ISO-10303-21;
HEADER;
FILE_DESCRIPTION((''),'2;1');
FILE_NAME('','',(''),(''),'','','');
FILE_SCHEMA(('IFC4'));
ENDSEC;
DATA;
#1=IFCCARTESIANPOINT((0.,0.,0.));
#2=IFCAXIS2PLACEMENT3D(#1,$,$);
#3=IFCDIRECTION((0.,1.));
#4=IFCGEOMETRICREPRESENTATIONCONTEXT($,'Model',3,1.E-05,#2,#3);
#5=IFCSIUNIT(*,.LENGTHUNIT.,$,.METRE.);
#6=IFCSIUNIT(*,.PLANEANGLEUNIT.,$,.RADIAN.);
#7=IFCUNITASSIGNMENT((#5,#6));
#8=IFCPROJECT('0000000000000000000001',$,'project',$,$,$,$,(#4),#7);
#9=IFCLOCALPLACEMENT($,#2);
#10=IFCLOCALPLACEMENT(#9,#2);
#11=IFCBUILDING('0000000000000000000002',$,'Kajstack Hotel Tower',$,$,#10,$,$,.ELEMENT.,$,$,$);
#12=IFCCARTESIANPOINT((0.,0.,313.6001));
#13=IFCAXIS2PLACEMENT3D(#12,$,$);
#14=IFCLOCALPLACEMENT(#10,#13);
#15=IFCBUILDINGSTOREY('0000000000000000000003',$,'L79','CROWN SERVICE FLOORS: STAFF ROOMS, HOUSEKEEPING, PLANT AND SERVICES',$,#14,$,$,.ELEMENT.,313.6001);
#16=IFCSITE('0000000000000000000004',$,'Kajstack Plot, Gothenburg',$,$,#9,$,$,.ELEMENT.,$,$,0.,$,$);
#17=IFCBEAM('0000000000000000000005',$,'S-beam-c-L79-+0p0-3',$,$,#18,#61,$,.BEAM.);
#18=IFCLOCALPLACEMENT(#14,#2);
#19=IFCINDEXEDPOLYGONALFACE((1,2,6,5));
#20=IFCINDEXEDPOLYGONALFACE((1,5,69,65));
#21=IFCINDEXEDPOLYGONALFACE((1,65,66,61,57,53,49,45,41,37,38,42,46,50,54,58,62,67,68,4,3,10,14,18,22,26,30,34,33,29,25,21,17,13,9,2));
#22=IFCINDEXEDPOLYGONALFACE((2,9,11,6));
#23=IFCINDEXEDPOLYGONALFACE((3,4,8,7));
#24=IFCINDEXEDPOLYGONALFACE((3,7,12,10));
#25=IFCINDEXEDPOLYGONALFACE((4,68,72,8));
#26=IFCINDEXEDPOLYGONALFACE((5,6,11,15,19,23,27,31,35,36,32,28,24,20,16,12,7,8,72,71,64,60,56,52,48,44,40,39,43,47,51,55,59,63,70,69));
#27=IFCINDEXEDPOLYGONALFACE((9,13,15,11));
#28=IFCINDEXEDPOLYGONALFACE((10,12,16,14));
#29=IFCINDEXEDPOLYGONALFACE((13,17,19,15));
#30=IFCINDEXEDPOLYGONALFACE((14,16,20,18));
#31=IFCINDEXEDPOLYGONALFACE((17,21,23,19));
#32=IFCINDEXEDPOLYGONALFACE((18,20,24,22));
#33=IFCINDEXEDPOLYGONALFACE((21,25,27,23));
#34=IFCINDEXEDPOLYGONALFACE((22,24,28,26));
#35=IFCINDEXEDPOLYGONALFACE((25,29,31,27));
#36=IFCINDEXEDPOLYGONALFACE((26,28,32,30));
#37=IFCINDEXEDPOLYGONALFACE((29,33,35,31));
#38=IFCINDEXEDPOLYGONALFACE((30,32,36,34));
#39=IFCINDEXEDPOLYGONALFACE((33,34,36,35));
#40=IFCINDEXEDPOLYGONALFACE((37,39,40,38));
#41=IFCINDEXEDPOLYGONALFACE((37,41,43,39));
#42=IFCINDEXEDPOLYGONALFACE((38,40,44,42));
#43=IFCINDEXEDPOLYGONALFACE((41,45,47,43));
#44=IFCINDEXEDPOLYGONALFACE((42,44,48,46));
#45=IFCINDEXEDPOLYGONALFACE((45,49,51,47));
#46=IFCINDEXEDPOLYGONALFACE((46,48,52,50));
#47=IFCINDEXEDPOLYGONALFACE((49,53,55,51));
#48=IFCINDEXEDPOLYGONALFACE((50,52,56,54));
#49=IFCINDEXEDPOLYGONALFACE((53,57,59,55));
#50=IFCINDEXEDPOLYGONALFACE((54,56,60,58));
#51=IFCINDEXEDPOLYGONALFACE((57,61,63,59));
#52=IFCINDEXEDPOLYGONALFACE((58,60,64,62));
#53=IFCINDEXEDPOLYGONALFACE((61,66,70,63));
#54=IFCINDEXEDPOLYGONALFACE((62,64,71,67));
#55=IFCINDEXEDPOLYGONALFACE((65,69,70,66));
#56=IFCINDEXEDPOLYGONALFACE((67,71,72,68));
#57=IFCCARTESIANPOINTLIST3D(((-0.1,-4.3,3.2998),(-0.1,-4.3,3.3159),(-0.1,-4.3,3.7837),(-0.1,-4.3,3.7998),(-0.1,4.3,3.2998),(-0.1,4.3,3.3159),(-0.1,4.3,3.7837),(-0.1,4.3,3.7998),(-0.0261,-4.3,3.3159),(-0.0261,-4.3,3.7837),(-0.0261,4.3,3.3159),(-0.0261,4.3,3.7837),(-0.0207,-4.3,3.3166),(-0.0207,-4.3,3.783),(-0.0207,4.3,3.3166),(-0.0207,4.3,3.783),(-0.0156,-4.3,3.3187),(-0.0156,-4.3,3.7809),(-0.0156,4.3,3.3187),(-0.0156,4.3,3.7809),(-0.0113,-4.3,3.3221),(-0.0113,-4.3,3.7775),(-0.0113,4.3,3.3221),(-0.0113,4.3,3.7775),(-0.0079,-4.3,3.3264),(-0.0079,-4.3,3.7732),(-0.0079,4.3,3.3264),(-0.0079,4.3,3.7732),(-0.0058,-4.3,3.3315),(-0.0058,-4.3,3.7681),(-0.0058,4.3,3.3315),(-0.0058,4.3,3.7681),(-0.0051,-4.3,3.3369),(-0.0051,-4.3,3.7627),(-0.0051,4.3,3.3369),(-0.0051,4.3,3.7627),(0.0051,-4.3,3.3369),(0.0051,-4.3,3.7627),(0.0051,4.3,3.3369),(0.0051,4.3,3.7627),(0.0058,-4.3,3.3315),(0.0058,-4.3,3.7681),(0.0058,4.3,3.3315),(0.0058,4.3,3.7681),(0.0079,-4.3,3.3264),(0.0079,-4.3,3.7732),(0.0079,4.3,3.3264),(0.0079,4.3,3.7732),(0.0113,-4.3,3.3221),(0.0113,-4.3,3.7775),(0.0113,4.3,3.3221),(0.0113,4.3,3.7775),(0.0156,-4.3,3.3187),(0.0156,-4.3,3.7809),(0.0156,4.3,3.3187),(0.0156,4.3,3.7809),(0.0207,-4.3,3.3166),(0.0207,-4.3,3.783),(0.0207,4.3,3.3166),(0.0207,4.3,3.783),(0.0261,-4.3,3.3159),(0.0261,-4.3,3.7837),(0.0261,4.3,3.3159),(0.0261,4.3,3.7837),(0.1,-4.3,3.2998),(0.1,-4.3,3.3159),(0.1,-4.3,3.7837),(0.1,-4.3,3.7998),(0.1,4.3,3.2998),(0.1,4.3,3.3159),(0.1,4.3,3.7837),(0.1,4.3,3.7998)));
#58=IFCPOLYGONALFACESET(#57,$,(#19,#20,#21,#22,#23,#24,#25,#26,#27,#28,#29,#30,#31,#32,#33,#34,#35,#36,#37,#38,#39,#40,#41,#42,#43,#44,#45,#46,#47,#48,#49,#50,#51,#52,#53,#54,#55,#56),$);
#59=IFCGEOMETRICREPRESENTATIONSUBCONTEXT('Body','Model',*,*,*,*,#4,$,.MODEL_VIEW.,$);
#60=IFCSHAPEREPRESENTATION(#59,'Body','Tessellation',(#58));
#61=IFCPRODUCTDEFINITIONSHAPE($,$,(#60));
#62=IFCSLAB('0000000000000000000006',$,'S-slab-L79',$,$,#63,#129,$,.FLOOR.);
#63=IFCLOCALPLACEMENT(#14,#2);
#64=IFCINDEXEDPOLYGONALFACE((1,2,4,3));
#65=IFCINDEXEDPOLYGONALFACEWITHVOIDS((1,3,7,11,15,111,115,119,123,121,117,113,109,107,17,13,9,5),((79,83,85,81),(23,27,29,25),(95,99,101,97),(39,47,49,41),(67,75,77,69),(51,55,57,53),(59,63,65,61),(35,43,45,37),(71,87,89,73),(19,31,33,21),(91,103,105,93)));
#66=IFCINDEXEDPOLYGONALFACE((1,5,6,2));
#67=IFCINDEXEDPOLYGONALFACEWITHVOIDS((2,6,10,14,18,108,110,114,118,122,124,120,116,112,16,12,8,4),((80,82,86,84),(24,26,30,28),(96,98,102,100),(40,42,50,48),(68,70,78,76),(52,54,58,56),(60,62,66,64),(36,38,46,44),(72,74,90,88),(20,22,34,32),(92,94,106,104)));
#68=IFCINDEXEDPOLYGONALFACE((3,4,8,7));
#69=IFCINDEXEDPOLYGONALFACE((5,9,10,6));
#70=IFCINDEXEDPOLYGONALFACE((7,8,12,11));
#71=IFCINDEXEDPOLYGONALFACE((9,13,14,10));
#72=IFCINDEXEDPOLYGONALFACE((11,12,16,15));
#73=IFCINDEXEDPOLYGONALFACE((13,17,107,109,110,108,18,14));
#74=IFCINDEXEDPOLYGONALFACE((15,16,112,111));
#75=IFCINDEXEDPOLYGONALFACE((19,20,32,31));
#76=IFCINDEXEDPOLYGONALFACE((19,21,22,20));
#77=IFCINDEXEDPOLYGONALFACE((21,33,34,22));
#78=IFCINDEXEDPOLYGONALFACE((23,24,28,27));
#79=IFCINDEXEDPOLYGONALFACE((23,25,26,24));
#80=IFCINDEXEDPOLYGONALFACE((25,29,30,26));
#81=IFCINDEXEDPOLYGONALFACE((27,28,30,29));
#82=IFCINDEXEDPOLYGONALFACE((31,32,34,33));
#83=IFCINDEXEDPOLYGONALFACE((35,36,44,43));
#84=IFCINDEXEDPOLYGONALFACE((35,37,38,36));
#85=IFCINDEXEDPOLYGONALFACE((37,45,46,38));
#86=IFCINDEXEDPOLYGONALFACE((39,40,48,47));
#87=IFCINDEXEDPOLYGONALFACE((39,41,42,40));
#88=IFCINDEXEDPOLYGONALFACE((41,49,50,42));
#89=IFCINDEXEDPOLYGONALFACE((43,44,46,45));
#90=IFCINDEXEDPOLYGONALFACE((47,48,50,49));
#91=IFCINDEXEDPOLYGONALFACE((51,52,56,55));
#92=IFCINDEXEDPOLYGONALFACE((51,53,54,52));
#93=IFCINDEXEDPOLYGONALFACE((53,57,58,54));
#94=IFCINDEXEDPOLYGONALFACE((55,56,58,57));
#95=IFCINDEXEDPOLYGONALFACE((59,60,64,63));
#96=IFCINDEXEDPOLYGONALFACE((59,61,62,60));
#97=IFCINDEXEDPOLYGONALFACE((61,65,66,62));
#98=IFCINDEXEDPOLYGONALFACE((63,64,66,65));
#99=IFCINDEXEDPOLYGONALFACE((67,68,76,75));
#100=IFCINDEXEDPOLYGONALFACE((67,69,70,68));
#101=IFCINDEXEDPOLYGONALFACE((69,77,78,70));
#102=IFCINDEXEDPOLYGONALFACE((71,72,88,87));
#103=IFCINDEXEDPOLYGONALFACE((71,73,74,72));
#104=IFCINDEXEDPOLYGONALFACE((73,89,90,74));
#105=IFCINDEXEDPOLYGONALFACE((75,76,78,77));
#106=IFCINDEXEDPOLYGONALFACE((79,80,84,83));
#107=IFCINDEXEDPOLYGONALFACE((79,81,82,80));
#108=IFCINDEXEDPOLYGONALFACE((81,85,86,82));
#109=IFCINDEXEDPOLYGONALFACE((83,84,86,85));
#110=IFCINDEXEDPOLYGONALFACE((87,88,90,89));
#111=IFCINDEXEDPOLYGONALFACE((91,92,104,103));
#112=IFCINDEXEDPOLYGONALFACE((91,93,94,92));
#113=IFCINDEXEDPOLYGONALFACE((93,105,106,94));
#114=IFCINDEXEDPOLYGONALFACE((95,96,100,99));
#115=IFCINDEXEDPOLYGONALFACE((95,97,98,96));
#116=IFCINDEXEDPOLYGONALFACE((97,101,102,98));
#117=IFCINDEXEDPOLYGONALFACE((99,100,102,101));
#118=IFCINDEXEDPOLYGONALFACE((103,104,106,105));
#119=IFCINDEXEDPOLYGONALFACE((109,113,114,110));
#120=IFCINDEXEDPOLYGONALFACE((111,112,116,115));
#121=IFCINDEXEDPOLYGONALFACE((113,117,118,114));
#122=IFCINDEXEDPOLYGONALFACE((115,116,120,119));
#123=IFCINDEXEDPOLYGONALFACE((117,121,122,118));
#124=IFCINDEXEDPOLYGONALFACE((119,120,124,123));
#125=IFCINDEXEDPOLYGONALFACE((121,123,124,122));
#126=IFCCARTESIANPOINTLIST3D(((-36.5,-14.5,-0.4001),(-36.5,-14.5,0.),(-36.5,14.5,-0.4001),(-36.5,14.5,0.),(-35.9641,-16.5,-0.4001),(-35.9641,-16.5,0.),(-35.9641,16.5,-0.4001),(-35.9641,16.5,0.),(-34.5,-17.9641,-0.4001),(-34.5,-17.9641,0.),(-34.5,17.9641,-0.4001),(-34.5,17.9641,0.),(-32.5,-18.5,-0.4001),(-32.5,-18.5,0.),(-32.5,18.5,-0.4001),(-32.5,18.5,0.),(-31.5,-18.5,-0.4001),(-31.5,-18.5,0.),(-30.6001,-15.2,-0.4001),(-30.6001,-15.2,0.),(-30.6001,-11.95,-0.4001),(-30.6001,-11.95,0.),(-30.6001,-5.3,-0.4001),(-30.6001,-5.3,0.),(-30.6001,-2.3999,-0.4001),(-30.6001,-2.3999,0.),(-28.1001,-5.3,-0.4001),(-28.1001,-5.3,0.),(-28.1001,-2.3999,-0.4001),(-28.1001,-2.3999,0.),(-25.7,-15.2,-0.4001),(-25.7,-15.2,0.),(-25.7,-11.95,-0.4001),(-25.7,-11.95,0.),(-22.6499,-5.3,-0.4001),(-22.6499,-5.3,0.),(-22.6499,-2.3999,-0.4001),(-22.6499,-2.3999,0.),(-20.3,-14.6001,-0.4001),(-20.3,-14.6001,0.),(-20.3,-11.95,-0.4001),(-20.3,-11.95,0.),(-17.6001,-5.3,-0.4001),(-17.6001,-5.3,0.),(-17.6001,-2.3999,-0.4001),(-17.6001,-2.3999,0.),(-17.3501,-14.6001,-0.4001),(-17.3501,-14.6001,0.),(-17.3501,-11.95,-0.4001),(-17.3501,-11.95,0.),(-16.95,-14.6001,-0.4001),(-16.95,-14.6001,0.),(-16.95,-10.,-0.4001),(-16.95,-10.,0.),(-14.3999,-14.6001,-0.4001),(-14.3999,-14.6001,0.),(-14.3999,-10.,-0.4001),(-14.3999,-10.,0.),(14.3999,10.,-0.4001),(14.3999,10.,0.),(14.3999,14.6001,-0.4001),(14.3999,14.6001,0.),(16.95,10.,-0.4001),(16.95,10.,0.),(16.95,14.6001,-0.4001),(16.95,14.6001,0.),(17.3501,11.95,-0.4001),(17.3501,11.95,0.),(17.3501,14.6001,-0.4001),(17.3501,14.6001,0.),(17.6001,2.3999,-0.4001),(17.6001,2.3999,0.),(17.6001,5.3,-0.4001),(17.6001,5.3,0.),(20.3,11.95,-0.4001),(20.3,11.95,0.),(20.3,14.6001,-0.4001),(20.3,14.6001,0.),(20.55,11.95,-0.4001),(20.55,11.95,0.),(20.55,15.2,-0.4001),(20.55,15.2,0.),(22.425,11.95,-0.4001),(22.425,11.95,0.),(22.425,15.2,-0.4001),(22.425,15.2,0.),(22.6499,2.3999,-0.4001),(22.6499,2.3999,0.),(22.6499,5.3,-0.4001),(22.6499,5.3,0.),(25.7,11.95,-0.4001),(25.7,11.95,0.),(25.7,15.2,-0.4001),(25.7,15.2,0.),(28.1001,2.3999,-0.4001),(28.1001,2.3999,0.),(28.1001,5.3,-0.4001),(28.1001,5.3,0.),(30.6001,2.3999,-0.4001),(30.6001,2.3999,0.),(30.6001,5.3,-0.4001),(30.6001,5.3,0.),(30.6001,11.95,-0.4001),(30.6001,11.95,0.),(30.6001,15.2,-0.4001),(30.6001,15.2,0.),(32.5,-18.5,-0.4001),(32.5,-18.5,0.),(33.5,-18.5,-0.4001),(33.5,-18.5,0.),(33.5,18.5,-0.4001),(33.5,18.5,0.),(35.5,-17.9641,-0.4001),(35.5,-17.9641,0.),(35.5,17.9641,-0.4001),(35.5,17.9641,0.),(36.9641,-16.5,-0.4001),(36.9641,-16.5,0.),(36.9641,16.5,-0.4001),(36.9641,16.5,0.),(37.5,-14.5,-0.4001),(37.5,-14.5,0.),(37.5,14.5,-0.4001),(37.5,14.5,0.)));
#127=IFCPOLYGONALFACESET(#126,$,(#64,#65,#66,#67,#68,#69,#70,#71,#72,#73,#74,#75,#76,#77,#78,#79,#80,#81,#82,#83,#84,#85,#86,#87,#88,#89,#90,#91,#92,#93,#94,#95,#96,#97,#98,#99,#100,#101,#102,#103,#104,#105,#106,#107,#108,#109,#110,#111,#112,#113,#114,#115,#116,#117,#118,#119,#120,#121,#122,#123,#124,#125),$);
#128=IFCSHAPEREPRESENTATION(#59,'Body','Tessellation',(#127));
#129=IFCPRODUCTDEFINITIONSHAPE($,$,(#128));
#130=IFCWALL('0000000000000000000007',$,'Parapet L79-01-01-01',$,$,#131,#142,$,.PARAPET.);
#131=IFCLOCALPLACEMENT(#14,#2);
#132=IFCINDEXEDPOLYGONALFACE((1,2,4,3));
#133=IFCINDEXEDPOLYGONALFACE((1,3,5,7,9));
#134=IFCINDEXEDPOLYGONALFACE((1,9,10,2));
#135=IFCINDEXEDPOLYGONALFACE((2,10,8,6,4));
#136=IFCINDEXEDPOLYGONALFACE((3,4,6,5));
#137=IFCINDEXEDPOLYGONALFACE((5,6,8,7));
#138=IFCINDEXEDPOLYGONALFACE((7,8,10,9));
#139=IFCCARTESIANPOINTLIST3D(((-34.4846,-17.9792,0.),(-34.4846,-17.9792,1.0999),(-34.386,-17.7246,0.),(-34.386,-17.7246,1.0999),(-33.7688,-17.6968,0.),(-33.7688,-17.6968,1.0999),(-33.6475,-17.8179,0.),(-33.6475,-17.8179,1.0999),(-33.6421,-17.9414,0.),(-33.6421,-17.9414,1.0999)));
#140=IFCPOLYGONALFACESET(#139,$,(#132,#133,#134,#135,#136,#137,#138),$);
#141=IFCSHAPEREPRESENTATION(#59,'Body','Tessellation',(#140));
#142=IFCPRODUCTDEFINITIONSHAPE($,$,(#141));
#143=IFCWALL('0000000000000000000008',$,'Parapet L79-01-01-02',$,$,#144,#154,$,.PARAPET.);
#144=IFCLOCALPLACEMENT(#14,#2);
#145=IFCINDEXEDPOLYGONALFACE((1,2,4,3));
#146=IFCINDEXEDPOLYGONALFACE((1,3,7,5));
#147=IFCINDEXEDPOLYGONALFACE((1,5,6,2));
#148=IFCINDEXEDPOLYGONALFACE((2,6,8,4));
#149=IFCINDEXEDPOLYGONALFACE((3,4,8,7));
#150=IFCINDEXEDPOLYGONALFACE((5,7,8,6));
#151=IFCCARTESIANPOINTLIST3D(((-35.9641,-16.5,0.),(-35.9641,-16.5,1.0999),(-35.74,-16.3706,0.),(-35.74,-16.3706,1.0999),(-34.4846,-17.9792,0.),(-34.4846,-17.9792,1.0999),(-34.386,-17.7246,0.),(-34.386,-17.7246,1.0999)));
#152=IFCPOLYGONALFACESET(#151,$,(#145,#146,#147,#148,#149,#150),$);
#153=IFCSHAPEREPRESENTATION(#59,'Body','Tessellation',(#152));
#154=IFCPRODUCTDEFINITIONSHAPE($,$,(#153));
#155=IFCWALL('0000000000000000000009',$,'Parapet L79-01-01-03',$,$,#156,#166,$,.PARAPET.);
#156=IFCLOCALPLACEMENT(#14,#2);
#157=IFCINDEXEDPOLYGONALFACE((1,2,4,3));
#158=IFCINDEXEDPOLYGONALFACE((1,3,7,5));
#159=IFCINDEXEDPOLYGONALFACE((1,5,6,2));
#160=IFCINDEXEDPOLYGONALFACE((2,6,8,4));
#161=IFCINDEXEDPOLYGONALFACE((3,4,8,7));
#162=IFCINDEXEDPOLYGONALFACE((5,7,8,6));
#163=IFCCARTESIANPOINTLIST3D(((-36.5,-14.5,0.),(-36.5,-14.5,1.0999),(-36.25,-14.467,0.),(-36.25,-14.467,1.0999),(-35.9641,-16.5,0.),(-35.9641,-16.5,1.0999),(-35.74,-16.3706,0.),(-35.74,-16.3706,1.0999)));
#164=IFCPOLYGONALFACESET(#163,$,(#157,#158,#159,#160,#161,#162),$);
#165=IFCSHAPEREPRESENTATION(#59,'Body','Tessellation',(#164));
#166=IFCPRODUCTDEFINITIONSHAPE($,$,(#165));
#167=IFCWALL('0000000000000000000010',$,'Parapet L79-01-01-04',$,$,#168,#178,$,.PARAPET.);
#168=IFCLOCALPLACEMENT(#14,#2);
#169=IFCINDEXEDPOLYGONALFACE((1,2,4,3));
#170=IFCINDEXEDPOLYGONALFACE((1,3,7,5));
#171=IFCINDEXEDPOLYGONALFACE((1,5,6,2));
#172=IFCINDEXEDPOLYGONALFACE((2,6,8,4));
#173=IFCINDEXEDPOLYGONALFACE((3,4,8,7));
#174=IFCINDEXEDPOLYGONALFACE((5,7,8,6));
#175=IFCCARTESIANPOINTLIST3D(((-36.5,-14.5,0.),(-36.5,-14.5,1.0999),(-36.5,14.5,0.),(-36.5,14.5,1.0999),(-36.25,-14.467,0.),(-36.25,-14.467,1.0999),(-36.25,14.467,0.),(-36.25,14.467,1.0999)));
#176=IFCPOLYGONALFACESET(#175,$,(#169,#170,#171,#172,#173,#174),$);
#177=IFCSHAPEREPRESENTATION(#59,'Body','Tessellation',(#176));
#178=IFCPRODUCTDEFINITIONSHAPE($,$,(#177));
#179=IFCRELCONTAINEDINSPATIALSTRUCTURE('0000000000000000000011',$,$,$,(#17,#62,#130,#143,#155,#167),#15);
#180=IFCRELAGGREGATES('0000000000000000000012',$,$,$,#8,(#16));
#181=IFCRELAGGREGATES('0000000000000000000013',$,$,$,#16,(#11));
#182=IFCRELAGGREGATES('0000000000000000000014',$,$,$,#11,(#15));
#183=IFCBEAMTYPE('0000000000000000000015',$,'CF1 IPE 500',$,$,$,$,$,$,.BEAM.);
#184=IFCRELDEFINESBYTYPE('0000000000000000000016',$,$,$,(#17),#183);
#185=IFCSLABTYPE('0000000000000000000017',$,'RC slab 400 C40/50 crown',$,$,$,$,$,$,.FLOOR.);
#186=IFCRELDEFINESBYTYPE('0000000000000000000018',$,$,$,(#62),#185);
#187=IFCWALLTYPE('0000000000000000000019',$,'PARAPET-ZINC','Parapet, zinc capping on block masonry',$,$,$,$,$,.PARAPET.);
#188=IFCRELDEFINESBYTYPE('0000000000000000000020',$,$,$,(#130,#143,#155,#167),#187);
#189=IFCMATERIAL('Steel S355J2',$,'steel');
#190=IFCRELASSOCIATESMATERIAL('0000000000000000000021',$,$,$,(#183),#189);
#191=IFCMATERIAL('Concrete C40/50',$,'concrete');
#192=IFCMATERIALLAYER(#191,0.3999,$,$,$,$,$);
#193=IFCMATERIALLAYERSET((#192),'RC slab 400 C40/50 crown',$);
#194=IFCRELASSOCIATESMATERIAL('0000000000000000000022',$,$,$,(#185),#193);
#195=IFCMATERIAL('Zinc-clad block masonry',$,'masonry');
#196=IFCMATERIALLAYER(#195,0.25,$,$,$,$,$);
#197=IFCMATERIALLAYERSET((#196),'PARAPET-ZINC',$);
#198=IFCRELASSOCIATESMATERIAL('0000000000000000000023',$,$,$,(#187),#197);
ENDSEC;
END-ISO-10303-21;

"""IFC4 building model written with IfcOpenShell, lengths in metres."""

from ifc_helpers import new_model, si_unit, direction, frame, origin, origin_2d, place, context, subcontext, project, spatial, polyline, i_section, outline, extrude, material, layer, layer_set, material_profile, profile_set, type_object, element, save


model = new_model("IFC4")

# Units and contexts
model_context = context("Model", 3, precision=1e-05, world=origin(), true_north=direction((0.0, 1.0)))
body_context = subcontext(model_context, "Body", "Model", "MODEL_VIEW")
ifc_project = project(units=[si_unit("LENGTHUNIT", "METRE"), si_unit("PLANEANGLEUNIT", "RADIAN")], contexts=[model_context])

# Site, building, storey
site_placement = place(None, origin())
site = spatial("IfcSite", under=ifc_project, at=site_placement, Name="Kajstack Plot, Gothenburg", CompositionType="ELEMENT", RefElevation=0.0)
building_placement = place(site_placement, origin())
building = spatial("IfcBuilding", under=site, at=building_placement, Name="Kajstack Hotel Tower", CompositionType="ELEMENT")
storey_placement = place(building_placement, frame((0.0, 0.0, 313.6001)))
storey = spatial("IfcBuildingStorey", under=building, at=storey_placement, Name="L79", Description="CROWN SERVICE FLOORS: STAFF ROOMS, HOUSEKEEPING, PLANT AND SERVICES", CompositionType="ELEMENT", Elevation=313.6001)

# Shared definitions
ifc_material_1 = material(Name="Steel S355J2", Category="steel")

# Beam
ifc_material_profile_1 = material_profile(ifc_material_1, i_section(OverallWidth=0.2, OverallDepth=0.5, WebThickness=0.0103, FlangeThickness=0.0161, FilletRadius=0.021, at=origin_2d()), Name="IPE 500")
ifc_profile_set_1 = profile_set([ifc_material_profile_1], Name="Steel S355J2")
beam_type = type_object("IfcBeamType", Name="CF1 IPE 500", PredefinedType="BEAM", material=ifc_profile_set_1)
for number, where, z_axis, x_axis, name in (
    (1, (0.0, -4.3, 3.5498), (0.0, 1.0, 0.0), (-1.0, 0.0, 0.0), "S-beam-c-L79-+0p0-3"),
):
    element("IfcBeam", number, at=place(storey_placement, frame(where, z_axis=z_axis, x_axis=x_axis)), inside=storey, type_object=beam_type, Name=name, PredefinedType="BEAM", context=body_context, shape_type="SweptSolid", body=[
        extrude(i_section(OverallWidth=0.2, OverallDepth=0.5, WebThickness=0.0103, FlangeThickness=0.0161, FilletRadius=0.021, at=origin_2d()), origin(), (0.0, 0.0, 1.0), 8.6001),
    ])

# Slab
ifc_material_2 = material(Name="Concrete C40/50", Category="concrete")
ifc_layer_1 = layer(ifc_material_2, 0.3999)
ifc_layer_set_1 = layer_set([ifc_layer_1], Name="RC slab 400 C40/50 crown")
slab_type = type_object("IfcSlabType", Name="RC slab 400 C40/50 crown", PredefinedType="FLOOR", material=ifc_layer_set_1)
slab_placement = place(storey_placement, frame((0.0, 0.0, -0.4001)))
element("IfcSlab", 2, at=slab_placement, inside=storey, type_object=slab_type, Name="S-slab-L79", PredefinedType="FLOOR", context=body_context, shape_type="SweptSolid", body=[
    extrude(outline(polyline([(-31.5, -18.5), (-32.5, -18.5), (-34.5, -17.9641), (-35.9641, -16.5), (-36.5, -14.5), (-36.5, 14.5), (-35.9641, 16.5), (-34.5, 17.9641), (-32.5, 18.5), (33.5, 18.5), (35.5, 17.9641), (36.9641, 16.5), (37.5, 14.5), (37.5, -14.5), (36.9641, -16.5), (35.5, -17.9641), (33.5, -18.5), (32.5, -18.5), (-31.5, -18.5)]), holes=[polyline([(-22.6499, -5.3), (-22.6499, -2.3999), (-17.6001, -2.3999), (-17.6001, -5.3), (-22.6499, -5.3)]), polyline([(-20.3, -14.6001), (-17.3501, -14.6001), (-17.3501, -11.95), (-20.3, -11.95), (-20.3, -14.6001)]), polyline([(-30.6001, -5.3), (-28.1001, -5.3), (-28.1001, -2.3999), (-30.6001, -2.3999), (-30.6001, -5.3)]), polyline([(17.6001, 2.3999), (17.6001, 5.3), (22.6499, 5.3), (22.6499, 2.3999), (17.6001, 2.3999)]), polyline([(20.3, 14.6001), (17.3501, 14.6001), (17.3501, 11.95), (20.3, 11.95), (20.3, 14.6001)]), polyline([(30.6001, 5.3), (28.1001, 5.3), (28.1001, 2.3999), (30.6001, 2.3999), (30.6001, 5.3)]), polyline([(-16.95, -14.6001), (-14.3999, -14.6001), (-14.3999, -10.0), (-16.95, -10.0), (-16.95, -14.6001)]), polyline([(-30.6001, -15.2), (-25.7, -15.2), (-25.7, -11.95), (-30.6001, -11.95), (-30.6001, -15.2)]), polyline([(16.95, 14.6001), (14.3999, 14.6001), (14.3999, 10.0), (16.95, 10.0), (16.95, 14.6001)]), polyline([(30.6001, 15.2), (25.7, 15.2), (25.7, 11.95), (30.6001, 11.95), (30.6001, 15.2)]), polyline([(22.425, 15.2), (22.425, 11.95), (20.55, 11.95), (20.55, 15.2), (22.425, 15.2)])]), origin(), (0.0, 0.0, 1.0), 0.4001),
])

# Walls
ifc_material_3 = material(Name="Zinc-clad block masonry", Category="masonry")
ifc_layer_2 = layer(ifc_material_3, 0.25)
ifc_layer_set_2 = layer_set([ifc_layer_2], Name="PARAPET-ZINC")
wall_type_1 = type_object("IfcWallType", Name="PARAPET-ZINC", Description="Parapet, zinc capping on block masonry", PredefinedType="PARAPET", material=ifc_layer_set_2)
wall_1_placement = place(storey_placement, origin())
element("IfcWall", 3, at=wall_1_placement, inside=storey, type_object=wall_type_1, Name="Parapet L79-01-01-01", PredefinedType="PARAPET", context=body_context, shape_type="SweptSolid", body=[
    extrude(outline(polyline([(-33.6421, -17.9414), (-33.6475, -17.8179), (-33.7688, -17.6968), (-34.386, -17.7246), (-34.4846, -17.9792), (-33.6421, -17.9414)])), origin(), (0.0, 0.0, 1.0), 1.0999),
])
wall_2_placement = place(storey_placement, origin())
element("IfcWall", 4, at=wall_2_placement, inside=storey, type_object=wall_type_1, Name="Parapet L79-01-01-02", PredefinedType="PARAPET", context=body_context, shape_type="SweptSolid", body=[
    extrude(outline(polyline([(-34.4846, -17.9792), (-34.386, -17.7246), (-35.74, -16.3706), (-35.9641, -16.5), (-34.4846, -17.9792)])), origin(), (0.0, 0.0, 1.0), 1.0999),
])
wall_3_placement = place(storey_placement, origin())
element("IfcWall", 5, at=wall_3_placement, inside=storey, type_object=wall_type_1, Name="Parapet L79-01-01-03", PredefinedType="PARAPET", context=body_context, shape_type="SweptSolid", body=[
    extrude(outline(polyline([(-35.9641, -16.5), (-35.74, -16.3706), (-36.25, -14.467), (-36.5, -14.5), (-35.9641, -16.5)])), origin(), (0.0, 0.0, 1.0), 1.0999),
])
wall_4_placement = place(storey_placement, origin())
element("IfcWall", 6, at=wall_4_placement, inside=storey, type_object=wall_type_1, Name="Parapet L79-01-01-04", PredefinedType="PARAPET", context=body_context, shape_type="SweptSolid", body=[
    extrude(outline(polyline([(-36.5, -14.5), (-36.25, -14.467), (-36.25, 14.467), (-36.5, 14.5), (-36.5, -14.5)])), origin(), (0.0, 0.0, 1.0), 1.0999),
])

save(model, "model.ifc")
